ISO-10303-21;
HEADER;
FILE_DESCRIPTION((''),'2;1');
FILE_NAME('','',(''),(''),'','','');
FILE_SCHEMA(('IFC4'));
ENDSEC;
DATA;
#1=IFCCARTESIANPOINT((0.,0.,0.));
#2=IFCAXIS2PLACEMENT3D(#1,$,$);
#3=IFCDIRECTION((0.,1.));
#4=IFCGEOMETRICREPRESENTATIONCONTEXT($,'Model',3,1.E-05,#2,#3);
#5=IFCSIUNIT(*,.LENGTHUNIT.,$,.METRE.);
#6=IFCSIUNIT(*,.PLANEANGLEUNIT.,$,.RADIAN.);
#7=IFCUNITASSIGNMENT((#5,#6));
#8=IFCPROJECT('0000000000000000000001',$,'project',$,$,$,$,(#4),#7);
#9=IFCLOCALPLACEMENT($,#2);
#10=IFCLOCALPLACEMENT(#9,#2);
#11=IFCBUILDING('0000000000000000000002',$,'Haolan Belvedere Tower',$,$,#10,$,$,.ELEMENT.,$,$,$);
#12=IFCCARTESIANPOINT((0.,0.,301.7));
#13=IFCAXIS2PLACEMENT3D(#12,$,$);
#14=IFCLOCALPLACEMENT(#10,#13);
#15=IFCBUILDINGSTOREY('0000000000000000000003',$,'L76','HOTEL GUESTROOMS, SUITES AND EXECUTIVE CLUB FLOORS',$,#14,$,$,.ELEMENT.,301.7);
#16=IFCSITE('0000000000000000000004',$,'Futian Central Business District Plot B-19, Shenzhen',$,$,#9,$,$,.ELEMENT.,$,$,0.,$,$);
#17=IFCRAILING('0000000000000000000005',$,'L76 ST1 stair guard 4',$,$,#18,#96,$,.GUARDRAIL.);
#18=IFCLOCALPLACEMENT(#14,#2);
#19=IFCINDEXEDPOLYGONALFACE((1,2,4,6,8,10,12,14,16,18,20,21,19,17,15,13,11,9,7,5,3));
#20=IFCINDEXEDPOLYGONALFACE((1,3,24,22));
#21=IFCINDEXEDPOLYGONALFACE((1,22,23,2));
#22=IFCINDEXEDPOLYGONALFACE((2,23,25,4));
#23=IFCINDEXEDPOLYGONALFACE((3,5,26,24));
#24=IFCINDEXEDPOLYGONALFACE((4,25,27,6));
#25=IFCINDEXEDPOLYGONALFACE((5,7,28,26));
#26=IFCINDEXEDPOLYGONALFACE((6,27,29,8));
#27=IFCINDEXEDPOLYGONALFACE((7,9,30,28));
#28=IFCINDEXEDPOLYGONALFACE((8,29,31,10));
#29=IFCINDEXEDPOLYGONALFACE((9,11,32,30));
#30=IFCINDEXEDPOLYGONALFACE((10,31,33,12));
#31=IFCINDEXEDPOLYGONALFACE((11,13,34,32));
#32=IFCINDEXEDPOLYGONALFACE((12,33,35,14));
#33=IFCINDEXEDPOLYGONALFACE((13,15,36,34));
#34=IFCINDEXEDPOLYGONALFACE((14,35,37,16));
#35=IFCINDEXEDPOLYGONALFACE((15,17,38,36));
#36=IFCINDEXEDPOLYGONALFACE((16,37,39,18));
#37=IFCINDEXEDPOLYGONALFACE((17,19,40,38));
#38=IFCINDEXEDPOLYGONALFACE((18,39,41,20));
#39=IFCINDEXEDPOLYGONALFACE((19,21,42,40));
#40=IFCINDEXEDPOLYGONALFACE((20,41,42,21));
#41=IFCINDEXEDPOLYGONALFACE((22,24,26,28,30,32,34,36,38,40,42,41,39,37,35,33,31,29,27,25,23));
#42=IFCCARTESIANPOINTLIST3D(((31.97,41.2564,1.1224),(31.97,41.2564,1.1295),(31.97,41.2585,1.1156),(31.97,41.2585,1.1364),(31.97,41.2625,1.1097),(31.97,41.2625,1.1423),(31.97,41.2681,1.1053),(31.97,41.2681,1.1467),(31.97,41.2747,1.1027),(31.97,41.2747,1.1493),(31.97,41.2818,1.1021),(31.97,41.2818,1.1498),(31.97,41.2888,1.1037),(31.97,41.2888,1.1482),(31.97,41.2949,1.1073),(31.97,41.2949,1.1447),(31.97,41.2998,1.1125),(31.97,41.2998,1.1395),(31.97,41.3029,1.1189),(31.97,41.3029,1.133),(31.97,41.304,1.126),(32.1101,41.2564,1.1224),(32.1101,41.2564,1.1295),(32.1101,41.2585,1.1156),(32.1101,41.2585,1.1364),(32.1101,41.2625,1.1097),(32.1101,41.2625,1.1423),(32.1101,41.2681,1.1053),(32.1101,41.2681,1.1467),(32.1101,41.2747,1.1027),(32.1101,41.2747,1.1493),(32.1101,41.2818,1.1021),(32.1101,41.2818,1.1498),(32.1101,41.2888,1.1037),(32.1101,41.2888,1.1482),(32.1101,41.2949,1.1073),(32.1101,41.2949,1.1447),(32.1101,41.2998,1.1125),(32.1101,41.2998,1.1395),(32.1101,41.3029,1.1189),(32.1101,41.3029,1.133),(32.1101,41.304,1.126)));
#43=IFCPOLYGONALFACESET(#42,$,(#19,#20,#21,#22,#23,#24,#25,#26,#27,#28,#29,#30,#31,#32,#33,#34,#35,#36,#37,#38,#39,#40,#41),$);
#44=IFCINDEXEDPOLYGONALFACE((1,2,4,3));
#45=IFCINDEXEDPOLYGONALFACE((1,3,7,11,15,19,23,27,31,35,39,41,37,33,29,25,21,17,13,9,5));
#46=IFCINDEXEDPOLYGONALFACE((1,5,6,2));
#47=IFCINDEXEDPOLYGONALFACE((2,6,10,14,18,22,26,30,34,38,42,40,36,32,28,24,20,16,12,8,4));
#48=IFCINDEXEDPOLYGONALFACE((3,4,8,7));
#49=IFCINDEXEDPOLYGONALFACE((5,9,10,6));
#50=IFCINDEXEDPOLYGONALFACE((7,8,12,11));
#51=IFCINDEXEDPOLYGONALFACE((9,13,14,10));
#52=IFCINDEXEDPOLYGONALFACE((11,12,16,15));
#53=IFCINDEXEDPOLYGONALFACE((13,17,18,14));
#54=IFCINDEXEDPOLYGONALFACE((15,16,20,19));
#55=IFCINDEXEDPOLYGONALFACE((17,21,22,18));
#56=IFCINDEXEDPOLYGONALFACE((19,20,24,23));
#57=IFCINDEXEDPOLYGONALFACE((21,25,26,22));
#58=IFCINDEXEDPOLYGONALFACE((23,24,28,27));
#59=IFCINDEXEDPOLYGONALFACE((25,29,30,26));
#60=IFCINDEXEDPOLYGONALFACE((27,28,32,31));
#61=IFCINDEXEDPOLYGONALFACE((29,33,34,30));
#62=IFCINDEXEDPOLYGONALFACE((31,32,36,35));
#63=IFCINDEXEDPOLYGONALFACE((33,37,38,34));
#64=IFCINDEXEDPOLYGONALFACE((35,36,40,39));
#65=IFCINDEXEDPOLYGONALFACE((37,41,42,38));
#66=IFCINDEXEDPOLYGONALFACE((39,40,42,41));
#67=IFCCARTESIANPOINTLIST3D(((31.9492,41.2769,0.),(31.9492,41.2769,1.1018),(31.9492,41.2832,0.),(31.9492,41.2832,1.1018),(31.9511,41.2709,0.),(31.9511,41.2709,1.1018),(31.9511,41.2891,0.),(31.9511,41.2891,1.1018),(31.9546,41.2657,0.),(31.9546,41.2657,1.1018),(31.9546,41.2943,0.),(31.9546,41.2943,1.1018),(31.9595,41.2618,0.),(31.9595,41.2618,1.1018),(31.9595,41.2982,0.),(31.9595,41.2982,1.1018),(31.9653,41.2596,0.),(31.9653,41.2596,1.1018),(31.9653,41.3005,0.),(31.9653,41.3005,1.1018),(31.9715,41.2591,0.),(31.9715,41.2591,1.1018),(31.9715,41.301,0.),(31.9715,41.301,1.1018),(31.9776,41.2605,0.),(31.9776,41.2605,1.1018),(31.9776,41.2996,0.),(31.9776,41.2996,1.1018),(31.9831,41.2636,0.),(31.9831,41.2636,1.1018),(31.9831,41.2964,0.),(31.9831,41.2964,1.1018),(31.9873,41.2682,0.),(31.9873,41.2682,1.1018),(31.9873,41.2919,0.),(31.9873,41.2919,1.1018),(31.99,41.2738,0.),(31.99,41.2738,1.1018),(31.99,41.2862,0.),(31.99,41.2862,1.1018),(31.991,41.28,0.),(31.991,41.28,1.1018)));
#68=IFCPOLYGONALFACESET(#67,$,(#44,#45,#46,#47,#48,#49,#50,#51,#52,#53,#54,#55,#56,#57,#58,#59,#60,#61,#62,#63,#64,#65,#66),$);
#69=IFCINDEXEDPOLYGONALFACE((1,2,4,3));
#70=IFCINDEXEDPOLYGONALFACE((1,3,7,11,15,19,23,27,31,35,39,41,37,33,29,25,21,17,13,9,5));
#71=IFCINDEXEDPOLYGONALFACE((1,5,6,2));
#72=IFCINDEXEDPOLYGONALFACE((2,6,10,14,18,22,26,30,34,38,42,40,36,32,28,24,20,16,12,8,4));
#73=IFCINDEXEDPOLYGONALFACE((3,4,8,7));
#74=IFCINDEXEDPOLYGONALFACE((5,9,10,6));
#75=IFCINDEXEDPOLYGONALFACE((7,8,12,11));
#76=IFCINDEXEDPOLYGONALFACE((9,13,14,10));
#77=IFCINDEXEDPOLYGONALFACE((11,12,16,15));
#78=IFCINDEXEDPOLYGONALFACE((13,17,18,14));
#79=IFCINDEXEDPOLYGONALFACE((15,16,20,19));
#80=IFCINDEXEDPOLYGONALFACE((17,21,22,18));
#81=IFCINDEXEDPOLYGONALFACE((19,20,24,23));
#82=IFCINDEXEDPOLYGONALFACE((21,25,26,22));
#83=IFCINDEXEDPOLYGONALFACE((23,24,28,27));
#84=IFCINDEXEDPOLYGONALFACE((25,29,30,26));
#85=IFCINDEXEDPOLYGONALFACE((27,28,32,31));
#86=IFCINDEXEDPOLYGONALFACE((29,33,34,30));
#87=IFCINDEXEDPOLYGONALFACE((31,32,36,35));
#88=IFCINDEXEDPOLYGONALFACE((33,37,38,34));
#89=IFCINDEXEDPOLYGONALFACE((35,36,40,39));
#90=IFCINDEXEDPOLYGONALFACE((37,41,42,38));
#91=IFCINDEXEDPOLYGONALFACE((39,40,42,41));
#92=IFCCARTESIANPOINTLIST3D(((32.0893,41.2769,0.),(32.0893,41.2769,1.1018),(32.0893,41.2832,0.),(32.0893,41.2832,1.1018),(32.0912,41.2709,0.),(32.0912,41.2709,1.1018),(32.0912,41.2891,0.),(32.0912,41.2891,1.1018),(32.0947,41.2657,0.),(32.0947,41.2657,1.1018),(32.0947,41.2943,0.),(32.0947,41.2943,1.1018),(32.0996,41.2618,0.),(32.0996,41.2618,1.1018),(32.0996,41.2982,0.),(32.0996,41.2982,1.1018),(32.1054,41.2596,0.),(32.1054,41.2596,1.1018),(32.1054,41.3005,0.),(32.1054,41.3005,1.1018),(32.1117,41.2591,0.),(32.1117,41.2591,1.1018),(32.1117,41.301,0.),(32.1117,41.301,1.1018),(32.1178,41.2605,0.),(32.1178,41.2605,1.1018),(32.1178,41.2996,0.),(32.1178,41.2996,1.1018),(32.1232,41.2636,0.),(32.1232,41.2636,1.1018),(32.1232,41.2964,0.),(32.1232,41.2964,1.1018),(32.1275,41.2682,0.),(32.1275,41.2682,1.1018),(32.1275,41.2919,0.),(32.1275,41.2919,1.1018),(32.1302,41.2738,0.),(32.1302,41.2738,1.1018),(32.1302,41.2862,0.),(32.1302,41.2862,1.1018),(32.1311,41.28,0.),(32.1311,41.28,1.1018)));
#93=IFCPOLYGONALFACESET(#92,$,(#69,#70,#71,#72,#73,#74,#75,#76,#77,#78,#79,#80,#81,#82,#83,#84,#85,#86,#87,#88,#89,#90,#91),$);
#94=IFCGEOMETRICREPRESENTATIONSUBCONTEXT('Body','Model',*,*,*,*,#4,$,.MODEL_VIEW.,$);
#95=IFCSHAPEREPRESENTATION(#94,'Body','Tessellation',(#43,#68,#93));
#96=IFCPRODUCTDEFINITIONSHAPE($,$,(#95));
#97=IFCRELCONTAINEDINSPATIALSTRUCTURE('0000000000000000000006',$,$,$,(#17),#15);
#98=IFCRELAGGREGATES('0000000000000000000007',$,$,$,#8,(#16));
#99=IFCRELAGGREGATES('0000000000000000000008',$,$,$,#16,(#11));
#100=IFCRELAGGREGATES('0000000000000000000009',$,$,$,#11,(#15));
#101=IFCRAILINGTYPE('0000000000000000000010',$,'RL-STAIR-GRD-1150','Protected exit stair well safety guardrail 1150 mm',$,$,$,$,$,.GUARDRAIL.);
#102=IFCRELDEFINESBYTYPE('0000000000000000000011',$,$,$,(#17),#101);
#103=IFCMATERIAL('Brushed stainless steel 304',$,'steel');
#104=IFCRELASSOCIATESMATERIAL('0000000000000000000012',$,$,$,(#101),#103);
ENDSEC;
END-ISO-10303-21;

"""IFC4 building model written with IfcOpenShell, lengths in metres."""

from ifc_helpers import new_model, si_unit, direction, frame, origin, origin_2d, place, context, subcontext, project, spatial, circle, extrude, material, type_object, element, save


model = new_model("IFC4")

# Units and contexts
model_context = context("Model", 3, precision=1e-05, world=origin(), true_north=direction((0.0, 1.0)))
body_context = subcontext(model_context, "Body", "Model", "MODEL_VIEW")
ifc_project = project(units=[si_unit("LENGTHUNIT", "METRE"), si_unit("PLANEANGLEUNIT", "RADIAN")], contexts=[model_context])

# Site, building, storey
site_placement = place(None, origin())
site = spatial("IfcSite", under=ifc_project, at=site_placement, Name="Futian Central Business District Plot B-19, Shenzhen", CompositionType="ELEMENT", RefElevation=0.0)
building_placement = place(site_placement, origin())
building = spatial("IfcBuilding", under=site, at=building_placement, Name="Haolan Belvedere Tower", CompositionType="ELEMENT")
storey_placement = place(building_placement, frame((0.0, 0.0, 301.7)))
storey = spatial("IfcBuildingStorey", under=building, at=storey_placement, Name="L76", Description="HOTEL GUESTROOMS, SUITES AND EXECUTIVE CLUB FLOORS", CompositionType="ELEMENT", Elevation=301.7)

# Railing
ifc_material_1 = material(Name="Brushed stainless steel 304", Category="steel")
railing_type_1 = type_object("IfcRailingType", Name="RL-STAIR-GRD-1150", Description="Protected exit stair well safety guardrail 1150 mm", PredefinedType="GUARDRAIL", material=ifc_material_1)
railing_1_placement = place(storey_placement, frame((31.97, 41.28, 0.0)))
element("IfcRailing", 1, at=railing_1_placement, inside=storey, type_object=railing_type_1, Name="L76 ST1 stair guard 4", PredefinedType="GUARDRAIL", context=body_context, shape_type="SweptSolid", body=[
    extrude(circle(Radius=0.0239, at=origin_2d()), frame((0.0, 0.0, 1.126), z_axis=(1.0, 0.0, 0.0), x_axis=(0.0, 1.0, 0.0)), (0.0, 0.0, 1.0), 0.1401),
    extrude(circle(Radius=0.021, at=origin_2d()), origin(), (0.0, 0.0, 1.0), 1.1018),
    extrude(circle(Radius=0.021, at=origin_2d()), frame((0.1401, 0.0, 0.0)), (0.0, 0.0, 1.0), 1.1018),
])

save(model, "model.ifc")
